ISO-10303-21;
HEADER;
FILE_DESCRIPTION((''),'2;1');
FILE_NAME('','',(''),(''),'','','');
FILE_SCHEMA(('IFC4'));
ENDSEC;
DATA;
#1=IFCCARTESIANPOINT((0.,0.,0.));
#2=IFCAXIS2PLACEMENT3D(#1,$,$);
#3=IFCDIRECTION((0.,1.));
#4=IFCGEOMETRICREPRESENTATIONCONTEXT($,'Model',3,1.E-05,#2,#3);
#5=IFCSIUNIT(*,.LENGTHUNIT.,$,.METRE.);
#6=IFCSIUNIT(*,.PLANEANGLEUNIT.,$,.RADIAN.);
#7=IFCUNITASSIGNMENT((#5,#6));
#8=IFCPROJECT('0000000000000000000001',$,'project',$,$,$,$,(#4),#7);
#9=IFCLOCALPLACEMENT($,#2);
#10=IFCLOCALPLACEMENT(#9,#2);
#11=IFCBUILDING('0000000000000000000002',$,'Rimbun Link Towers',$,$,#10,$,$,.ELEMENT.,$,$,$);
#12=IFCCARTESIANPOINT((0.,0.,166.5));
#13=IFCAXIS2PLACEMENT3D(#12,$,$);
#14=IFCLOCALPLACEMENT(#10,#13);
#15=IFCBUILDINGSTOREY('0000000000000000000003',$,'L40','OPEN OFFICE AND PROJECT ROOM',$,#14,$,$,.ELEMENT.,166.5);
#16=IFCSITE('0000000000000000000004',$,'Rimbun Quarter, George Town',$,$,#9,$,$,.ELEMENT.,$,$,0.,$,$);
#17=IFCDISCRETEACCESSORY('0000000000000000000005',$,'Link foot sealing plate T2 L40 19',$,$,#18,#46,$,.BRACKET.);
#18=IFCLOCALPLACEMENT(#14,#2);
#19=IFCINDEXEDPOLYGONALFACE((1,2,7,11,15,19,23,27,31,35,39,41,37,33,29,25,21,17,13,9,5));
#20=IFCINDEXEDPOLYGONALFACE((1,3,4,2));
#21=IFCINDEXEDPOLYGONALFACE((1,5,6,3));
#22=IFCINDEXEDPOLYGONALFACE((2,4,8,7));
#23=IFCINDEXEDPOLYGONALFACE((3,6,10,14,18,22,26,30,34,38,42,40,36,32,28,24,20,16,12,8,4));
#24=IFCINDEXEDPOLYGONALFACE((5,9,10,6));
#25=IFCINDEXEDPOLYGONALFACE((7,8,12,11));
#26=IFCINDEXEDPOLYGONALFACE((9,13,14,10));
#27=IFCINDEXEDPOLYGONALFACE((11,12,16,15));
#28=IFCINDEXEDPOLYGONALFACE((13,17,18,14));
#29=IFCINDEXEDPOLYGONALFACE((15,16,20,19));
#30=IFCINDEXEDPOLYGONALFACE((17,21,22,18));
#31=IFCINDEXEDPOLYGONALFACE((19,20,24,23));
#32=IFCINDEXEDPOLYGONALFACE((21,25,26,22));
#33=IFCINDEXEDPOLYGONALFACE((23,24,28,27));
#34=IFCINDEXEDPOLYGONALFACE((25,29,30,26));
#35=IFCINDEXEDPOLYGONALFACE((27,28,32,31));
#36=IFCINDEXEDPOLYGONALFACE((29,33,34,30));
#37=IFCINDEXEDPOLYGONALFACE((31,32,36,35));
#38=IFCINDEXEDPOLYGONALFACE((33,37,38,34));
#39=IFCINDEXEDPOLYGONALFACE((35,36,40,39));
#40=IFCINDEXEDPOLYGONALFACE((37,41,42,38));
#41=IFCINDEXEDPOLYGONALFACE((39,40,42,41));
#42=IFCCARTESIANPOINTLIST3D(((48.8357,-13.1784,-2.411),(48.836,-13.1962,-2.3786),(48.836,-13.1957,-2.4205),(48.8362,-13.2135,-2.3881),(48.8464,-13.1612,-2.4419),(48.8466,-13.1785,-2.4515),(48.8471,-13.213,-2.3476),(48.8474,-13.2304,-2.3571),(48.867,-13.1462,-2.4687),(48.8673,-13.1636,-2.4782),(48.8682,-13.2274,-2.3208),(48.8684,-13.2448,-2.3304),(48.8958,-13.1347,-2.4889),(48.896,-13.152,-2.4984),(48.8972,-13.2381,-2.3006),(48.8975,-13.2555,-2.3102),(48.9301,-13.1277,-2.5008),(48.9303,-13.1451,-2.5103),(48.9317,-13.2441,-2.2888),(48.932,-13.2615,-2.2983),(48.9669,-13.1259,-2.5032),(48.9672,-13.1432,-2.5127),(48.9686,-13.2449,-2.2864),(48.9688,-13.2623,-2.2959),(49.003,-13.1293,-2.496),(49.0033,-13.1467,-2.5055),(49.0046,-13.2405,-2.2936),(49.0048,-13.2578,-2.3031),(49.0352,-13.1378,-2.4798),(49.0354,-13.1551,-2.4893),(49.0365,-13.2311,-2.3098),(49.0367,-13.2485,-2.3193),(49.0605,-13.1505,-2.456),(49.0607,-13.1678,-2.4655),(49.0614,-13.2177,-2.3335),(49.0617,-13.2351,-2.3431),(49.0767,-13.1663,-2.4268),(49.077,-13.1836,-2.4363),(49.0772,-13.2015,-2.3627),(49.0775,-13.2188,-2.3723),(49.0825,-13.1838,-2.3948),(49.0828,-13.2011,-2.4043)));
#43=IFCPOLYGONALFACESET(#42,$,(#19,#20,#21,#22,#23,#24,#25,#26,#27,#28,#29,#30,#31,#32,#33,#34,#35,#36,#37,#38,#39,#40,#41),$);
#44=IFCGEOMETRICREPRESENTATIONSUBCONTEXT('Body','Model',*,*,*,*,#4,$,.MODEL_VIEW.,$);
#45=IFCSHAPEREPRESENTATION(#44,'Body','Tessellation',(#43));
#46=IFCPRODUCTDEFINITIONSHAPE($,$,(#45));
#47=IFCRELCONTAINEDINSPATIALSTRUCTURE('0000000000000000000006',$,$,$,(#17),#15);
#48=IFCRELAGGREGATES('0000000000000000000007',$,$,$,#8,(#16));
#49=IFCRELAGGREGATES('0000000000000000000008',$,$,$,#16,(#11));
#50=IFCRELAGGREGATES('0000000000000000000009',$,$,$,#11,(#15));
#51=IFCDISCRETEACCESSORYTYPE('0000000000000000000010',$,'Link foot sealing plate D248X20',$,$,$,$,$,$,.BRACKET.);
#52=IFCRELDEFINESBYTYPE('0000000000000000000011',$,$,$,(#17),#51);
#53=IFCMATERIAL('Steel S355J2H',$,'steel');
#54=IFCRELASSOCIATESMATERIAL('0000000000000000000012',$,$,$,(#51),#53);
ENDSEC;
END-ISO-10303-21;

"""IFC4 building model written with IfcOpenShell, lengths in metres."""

from ifc_helpers import new_model, si_unit, direction, frame, origin, origin_2d, place, context, subcontext, project, spatial, circle, extrude, material, material_profile, profile_set, type_object, element, save


model = new_model("IFC4")

# Units and contexts
model_context = context("Model", 3, precision=1e-05, world=origin(), true_north=direction((0.0, 1.0)))
body_context = subcontext(model_context, "Body", "Model", "MODEL_VIEW")
ifc_project = project(units=[si_unit("LENGTHUNIT", "METRE"), si_unit("PLANEANGLEUNIT", "RADIAN")], contexts=[model_context])

# Site, building, storey
site_placement = place(None, origin())
site = spatial("IfcSite", under=ifc_project, at=site_placement, Name="Rimbun Quarter, George Town", CompositionType="ELEMENT", RefElevation=0.0)
building_placement = place(site_placement, origin())
building = spatial("IfcBuilding", under=site, at=building_placement, Name="Rimbun Link Towers", CompositionType="ELEMENT")
storey_placement = place(building_placement, frame((0.0, 0.0, 166.5)))
storey = spatial("IfcBuildingStorey", under=building, at=storey_placement, Name="L40", Description="OPEN OFFICE AND PROJECT ROOM", CompositionType="ELEMENT", Elevation=166.5)

# Discrete accessory
ifc_material_1 = material(Name="Steel S355J2H", Category="steel")
ifc_material_profile_1 = material_profile(ifc_material_1, circle(Radius=0.124, at=origin_2d()), Name="PL D248")
ifc_profile_set_1 = profile_set([ifc_material_profile_1], Name="Steel S355J2H")
discrete_accessory_type = type_object("IfcDiscreteAccessoryType", Name="Link foot sealing plate D248X20", PredefinedType="BRACKET", material=ifc_profile_set_1)
for number, where, z_axis, x_axis, name in (
    (1, (48.9585, -13.1855, -2.3948), (0.012344, -0.87641, -0.481408), (0.999901, 0.014083, 0.0), "Link foot sealing plate T2 L40 19"),
):
    element("IfcDiscreteAccessory", number, at=place(storey_placement, frame(where, z_axis=z_axis, x_axis=x_axis)), inside=storey, type_object=discrete_accessory_type, Name=name, PredefinedType="BRACKET", context=body_context, shape_type="SweptSolid", body=[
        extrude(circle(Radius=0.124, at=origin_2d()), origin(), (0.0, 0.0, 1.0), 0.0198),
    ])

save(model, "model.ifc")
